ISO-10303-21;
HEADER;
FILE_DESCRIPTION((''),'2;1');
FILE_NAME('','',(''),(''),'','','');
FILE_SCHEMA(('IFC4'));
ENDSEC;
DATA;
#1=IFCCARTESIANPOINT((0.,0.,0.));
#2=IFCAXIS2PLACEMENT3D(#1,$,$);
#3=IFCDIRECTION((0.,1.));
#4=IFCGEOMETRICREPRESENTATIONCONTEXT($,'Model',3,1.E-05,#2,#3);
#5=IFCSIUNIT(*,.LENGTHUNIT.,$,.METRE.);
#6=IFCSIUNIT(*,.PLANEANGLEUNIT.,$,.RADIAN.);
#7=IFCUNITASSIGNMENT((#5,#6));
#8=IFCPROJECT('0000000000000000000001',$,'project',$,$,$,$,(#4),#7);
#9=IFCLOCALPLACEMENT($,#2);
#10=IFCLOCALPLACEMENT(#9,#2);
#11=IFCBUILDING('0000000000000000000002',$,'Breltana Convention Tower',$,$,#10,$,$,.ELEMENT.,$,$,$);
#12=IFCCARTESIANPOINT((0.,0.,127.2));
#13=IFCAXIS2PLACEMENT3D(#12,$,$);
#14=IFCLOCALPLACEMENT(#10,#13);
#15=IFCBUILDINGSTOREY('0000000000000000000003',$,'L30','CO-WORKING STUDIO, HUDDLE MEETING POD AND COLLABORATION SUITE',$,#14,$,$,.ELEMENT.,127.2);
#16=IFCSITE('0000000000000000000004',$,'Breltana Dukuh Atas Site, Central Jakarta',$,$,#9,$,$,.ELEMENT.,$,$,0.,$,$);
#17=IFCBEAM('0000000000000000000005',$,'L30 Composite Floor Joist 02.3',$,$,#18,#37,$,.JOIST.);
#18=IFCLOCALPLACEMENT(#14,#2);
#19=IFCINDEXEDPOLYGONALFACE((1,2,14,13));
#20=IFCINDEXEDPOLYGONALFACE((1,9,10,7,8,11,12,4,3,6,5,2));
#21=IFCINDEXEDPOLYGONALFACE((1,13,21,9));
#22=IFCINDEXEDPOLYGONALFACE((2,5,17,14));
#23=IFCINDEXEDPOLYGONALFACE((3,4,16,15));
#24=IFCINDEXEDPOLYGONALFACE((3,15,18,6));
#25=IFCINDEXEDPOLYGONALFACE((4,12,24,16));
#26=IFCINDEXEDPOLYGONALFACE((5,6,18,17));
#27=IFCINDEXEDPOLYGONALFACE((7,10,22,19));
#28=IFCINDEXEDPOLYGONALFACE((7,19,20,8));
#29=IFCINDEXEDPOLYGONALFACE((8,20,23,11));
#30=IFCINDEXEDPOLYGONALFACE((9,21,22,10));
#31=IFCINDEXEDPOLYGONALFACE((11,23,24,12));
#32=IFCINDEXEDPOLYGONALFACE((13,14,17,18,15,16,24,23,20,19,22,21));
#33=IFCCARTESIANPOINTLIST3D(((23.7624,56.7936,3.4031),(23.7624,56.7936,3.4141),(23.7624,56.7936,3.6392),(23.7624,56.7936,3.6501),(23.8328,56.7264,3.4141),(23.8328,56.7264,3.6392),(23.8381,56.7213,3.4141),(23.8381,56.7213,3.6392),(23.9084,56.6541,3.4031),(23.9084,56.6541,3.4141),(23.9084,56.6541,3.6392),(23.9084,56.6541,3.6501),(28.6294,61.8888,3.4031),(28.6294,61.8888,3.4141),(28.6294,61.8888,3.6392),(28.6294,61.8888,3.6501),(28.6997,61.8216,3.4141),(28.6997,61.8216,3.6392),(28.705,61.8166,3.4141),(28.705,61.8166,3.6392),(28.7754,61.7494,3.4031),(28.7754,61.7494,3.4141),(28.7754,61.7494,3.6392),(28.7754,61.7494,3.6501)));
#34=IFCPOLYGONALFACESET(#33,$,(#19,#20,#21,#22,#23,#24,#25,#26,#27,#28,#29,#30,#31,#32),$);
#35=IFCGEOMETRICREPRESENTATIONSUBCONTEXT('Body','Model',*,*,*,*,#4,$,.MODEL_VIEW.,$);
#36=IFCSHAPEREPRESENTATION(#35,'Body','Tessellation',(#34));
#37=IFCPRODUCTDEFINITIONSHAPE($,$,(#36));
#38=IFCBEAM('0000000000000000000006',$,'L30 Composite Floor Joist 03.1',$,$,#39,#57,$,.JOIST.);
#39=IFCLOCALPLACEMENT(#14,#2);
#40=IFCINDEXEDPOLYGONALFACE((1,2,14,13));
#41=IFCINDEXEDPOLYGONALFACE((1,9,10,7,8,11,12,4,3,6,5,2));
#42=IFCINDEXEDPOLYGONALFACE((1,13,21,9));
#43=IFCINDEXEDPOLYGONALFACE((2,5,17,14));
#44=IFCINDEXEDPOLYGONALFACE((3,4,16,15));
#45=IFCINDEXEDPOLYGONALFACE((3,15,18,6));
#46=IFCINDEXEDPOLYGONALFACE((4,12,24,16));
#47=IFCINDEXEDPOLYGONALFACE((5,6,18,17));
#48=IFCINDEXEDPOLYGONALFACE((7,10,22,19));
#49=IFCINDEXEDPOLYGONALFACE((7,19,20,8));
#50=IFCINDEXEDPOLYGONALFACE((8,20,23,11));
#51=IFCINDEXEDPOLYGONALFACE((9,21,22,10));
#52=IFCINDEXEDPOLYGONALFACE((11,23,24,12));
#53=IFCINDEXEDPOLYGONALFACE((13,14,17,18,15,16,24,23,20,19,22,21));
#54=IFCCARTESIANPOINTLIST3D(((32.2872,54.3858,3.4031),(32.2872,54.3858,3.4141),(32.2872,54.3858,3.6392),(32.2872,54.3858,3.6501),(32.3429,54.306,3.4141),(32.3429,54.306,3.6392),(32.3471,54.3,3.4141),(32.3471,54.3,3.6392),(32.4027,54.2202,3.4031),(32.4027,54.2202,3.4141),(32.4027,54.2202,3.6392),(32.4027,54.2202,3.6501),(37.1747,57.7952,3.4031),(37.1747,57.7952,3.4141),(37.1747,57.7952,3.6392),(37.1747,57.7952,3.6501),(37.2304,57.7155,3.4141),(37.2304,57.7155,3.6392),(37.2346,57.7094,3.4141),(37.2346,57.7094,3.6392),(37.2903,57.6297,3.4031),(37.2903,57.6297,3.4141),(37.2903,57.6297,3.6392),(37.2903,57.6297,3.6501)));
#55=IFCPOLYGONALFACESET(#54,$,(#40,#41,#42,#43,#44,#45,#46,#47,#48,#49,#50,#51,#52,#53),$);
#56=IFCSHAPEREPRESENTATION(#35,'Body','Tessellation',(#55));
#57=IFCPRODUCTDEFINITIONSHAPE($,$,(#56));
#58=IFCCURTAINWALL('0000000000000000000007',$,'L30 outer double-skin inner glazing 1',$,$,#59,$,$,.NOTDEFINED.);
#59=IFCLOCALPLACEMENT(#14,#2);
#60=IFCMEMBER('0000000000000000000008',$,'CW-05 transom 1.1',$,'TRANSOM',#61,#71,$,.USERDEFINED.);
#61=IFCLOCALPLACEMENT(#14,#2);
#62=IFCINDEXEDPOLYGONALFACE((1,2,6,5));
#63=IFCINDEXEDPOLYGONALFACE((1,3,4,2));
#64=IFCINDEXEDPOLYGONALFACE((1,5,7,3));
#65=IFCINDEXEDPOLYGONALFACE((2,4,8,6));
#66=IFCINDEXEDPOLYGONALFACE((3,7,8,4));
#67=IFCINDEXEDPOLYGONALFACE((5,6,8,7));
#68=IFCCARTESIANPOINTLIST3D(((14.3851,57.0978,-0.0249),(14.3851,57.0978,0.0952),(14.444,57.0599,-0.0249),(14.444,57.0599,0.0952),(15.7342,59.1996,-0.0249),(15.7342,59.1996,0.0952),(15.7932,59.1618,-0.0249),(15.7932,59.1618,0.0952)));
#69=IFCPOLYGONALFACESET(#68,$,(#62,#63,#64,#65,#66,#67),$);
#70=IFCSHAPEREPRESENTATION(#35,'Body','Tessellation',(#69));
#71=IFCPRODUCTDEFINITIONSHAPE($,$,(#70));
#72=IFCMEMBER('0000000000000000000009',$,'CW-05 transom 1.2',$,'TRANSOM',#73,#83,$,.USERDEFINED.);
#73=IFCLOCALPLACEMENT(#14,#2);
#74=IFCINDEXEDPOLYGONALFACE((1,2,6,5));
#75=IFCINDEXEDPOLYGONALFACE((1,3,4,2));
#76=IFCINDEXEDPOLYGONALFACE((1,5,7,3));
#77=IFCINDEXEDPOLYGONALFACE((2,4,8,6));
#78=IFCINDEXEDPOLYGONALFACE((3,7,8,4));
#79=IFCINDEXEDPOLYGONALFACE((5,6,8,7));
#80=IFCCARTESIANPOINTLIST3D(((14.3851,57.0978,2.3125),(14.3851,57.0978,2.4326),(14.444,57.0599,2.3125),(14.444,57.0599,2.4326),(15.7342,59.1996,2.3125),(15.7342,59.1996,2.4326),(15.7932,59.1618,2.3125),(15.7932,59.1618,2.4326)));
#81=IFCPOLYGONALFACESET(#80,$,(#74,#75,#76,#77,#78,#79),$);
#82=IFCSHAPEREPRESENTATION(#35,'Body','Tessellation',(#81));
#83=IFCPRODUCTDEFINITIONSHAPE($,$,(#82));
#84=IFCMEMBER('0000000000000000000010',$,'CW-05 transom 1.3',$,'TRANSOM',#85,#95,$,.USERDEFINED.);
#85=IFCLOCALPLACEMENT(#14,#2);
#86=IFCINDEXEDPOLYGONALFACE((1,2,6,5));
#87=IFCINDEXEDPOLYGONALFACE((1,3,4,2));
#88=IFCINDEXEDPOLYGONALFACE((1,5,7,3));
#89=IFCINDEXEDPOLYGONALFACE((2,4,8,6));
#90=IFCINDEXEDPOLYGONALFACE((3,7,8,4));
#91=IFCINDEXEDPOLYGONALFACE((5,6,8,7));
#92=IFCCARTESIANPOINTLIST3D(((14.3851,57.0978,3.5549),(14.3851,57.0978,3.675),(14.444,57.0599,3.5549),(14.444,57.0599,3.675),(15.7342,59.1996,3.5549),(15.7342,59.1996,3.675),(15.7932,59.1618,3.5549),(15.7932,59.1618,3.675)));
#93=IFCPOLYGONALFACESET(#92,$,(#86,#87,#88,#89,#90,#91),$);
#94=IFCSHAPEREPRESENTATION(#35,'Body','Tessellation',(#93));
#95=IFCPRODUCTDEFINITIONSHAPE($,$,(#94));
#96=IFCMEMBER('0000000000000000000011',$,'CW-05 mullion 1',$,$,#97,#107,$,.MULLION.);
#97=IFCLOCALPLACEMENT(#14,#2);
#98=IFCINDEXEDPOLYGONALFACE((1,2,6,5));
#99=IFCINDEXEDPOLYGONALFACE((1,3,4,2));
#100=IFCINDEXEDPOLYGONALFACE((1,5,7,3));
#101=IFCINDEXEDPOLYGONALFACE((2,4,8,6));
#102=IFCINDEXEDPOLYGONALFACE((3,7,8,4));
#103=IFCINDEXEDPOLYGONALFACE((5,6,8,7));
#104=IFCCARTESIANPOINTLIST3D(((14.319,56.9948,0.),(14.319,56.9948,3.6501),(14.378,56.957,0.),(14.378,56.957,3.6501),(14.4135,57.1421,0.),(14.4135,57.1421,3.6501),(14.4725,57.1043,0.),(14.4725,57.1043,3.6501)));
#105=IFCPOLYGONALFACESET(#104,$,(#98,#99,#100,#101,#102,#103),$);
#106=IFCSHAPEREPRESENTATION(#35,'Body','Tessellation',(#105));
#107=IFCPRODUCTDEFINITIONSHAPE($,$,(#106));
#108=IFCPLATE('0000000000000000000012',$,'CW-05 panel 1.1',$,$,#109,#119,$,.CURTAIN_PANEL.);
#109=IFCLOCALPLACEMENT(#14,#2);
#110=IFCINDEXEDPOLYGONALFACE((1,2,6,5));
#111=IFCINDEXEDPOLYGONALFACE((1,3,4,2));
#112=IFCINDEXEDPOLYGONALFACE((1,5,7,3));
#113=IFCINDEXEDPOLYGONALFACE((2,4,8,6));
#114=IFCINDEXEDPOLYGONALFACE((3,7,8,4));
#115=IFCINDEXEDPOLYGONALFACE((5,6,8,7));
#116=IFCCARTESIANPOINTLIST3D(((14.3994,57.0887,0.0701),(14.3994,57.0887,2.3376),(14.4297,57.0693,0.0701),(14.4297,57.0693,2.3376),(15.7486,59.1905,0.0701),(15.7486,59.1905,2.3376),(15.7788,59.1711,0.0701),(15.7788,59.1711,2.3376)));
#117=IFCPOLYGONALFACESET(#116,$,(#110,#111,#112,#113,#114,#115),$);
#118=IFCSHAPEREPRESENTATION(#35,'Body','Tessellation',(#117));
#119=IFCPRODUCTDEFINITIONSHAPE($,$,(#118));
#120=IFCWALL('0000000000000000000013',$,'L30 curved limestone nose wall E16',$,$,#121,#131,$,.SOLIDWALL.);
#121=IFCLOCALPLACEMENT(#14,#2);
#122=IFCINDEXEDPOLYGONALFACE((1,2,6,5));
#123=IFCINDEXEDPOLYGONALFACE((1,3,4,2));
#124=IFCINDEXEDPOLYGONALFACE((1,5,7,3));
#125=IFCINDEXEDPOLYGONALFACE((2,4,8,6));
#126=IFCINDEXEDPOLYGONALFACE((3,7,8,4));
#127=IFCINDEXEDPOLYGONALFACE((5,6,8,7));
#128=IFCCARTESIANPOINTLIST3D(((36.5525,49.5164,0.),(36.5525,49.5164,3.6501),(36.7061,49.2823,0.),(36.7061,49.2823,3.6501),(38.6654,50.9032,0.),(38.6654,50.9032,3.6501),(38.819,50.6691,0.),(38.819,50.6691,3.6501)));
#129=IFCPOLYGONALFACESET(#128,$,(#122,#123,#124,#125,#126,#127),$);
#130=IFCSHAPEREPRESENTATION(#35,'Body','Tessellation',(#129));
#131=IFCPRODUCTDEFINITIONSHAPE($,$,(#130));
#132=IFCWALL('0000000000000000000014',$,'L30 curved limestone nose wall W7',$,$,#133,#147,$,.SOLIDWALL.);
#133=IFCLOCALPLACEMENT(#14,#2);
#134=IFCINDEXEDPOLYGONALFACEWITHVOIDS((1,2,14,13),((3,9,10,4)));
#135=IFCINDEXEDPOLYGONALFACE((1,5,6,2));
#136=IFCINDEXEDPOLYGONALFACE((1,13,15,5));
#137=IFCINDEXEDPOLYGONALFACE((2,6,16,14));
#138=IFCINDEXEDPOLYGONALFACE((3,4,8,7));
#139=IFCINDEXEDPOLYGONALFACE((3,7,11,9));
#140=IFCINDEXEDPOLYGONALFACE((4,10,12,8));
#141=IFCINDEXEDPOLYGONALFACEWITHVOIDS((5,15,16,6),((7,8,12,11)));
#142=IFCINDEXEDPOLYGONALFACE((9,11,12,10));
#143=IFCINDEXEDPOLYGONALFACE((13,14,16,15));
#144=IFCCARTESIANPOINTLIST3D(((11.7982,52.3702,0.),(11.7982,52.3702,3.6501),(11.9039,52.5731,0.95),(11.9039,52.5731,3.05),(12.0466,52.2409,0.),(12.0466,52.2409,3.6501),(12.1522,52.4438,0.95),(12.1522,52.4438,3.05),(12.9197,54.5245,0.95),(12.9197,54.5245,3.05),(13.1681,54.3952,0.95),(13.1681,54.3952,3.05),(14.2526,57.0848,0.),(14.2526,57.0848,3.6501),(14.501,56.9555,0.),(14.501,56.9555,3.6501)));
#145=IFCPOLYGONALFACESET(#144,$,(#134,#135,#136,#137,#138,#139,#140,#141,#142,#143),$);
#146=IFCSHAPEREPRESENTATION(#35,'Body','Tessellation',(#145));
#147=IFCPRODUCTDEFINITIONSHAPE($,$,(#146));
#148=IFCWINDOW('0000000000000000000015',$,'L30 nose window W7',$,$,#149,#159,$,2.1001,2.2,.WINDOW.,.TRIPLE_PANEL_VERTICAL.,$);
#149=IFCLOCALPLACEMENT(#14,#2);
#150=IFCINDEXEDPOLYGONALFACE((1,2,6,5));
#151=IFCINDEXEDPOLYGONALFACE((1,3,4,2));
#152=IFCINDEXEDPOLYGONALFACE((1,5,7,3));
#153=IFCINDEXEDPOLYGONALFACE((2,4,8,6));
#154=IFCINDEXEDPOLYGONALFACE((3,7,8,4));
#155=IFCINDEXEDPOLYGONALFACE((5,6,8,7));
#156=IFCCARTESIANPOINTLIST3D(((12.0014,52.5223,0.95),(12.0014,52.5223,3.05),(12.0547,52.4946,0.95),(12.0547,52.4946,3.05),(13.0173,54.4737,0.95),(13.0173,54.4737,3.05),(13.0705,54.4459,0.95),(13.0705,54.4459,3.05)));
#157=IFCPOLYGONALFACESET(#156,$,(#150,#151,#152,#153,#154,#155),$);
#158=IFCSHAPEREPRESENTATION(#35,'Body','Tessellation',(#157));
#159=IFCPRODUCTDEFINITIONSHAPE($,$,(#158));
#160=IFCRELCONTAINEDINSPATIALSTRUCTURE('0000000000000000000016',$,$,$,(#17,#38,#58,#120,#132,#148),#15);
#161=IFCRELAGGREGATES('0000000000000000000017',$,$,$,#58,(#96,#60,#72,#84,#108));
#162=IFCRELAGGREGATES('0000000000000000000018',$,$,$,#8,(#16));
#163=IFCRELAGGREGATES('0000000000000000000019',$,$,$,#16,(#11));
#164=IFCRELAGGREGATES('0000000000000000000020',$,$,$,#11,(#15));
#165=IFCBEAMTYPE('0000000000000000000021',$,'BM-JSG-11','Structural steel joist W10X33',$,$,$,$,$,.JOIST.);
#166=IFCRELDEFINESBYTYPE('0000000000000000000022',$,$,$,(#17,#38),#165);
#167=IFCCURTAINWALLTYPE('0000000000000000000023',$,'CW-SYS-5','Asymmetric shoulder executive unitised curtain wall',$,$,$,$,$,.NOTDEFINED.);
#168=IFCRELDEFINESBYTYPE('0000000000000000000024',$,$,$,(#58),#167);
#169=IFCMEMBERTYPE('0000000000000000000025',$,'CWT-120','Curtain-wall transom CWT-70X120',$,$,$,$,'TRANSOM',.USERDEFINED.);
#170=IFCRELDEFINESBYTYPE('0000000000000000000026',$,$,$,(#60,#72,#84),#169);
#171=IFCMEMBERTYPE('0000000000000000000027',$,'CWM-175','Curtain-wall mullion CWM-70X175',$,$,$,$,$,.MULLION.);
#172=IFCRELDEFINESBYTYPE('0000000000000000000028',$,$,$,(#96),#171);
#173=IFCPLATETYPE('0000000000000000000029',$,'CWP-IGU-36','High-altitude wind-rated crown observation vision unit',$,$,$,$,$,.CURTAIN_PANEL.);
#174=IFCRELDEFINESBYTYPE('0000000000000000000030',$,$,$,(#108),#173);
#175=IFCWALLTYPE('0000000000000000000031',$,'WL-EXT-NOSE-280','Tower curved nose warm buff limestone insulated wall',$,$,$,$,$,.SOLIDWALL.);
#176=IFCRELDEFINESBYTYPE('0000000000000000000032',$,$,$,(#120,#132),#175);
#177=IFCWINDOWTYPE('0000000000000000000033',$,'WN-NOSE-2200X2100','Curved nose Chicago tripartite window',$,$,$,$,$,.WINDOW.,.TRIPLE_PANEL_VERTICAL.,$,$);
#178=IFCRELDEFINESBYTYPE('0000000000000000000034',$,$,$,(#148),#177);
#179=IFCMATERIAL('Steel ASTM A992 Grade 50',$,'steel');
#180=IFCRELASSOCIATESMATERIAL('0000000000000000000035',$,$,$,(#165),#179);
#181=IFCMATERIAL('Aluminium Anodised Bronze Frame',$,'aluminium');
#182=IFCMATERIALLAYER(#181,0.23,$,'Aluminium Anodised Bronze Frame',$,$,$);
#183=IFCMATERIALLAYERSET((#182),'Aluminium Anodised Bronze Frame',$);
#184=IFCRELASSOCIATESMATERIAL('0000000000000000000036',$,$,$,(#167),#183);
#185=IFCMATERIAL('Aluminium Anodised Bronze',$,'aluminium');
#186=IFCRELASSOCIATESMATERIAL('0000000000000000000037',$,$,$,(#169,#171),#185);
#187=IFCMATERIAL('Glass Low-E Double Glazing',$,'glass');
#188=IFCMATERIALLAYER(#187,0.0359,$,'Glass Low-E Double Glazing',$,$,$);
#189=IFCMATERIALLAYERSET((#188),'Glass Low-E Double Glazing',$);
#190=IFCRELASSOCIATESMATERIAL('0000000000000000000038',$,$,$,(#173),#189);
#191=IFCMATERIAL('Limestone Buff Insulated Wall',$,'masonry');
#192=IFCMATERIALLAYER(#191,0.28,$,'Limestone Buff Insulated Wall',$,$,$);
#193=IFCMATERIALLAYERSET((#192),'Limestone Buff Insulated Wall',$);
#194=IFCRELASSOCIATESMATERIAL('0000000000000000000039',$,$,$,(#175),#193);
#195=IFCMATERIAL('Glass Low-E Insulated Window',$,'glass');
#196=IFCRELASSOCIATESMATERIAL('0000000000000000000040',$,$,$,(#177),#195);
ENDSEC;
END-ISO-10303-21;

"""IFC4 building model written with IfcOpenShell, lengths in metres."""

from ifc_helpers import new_model, si_unit, direction, frame, frame_2d, origin, origin_2d, place, context, subcontext, project, spatial, rectangle, i_section, extrude, source, transform, mapped, material, layer, layer_set, material_profile, profile_set, type_object, type_shapes, element, fill, aggregate, save


model = new_model("IFC4")

# Units and contexts
model_context = context("Model", 3, precision=1e-05, world=origin(), true_north=direction((0.0, 1.0)))
body_context = subcontext(model_context, "Body", "Model", "MODEL_VIEW")
ifc_project = project(units=[si_unit("LENGTHUNIT", "METRE"), si_unit("PLANEANGLEUNIT", "RADIAN")], contexts=[model_context])

# Site, building, storey
site_placement = place(None, origin())
site = spatial("IfcSite", under=ifc_project, at=site_placement, Name="Breltana Dukuh Atas Site, Central Jakarta", CompositionType="ELEMENT", RefElevation=0.0)
building_placement = place(site_placement, origin())
building = spatial("IfcBuilding", under=site, at=building_placement, Name="Breltana Convention Tower", CompositionType="ELEMENT")
storey_placement = place(building_placement, frame((0.0, 0.0, 127.2)))
storey = spatial("IfcBuildingStorey", under=building, at=storey_placement, Name="L30", Description="CO-WORKING STUDIO, HUDDLE MEETING POD AND COLLABORATION SUITE", CompositionType="ELEMENT", Elevation=127.2)

# Beams
ifc_material_1 = material(Name="Steel ASTM A992 Grade 50", Category="steel")
ifc_material_profile_1 = material_profile(ifc_material_1, i_section(OverallWidth=0.2019, OverallDepth=0.2471, WebThickness=0.0073, FlangeThickness=0.011, at=origin_2d()), Name="W10X33")
ifc_profile_set_1 = profile_set([ifc_material_profile_1], Name="Steel ASTM A992 Grade 50")
beam_type_1 = type_object("IfcBeamType", Name="BM-JSG-11", Description="Structural steel joist W10X33", PredefinedType="JOIST", material=ifc_profile_set_1)
shared_shape_1 = source(origin(), body_context, "Body", "SweptSolid", [
    extrude(i_section(OverallWidth=0.2019, OverallDepth=0.2471, WebThickness=0.0073, FlangeThickness=0.011, at=origin_2d()), origin(), (0.0, 0.0, 1.0), 7.0461),
])
beam_1_placement = place(storey_placement, frame((23.8354, 56.7239, 3.5266), z_axis=(0.690723, 0.72312, 0.0), x_axis=(-0.72312, 0.690723, 0.0)))
element("IfcBeam", 1, at=beam_1_placement, inside=storey, type_object=beam_type_1, Name="L30 Composite Floor Joist 02.3", PredefinedType="JOIST", context=body_context, shape_type="MappedRepresentation", body=[
    mapped(shared_shape_1, transform((0.0, 0.0, 0.0), scale=1.0)),
])
shared_shape_2 = source(origin(), body_context, "Body", "SweptSolid", [
    extrude(i_section(OverallWidth=0.2019, OverallDepth=0.2471, WebThickness=0.0073, FlangeThickness=0.011, at=origin_2d()), origin(), (0.0, 0.0, 1.0), 5.9592),
])
beam_2_placement = place(storey_placement, frame((32.345, 54.303, 3.5266), z_axis=(0.82016, 0.572134, 0.0), x_axis=(-0.572134, 0.82016, 0.0)))
element("IfcBeam", 2, at=beam_2_placement, inside=storey, type_object=beam_type_1, Name="L30 Composite Floor Joist 03.1", PredefinedType="JOIST", context=body_context, shape_type="MappedRepresentation", body=[
    mapped(shared_shape_2, transform((0.0, 0.0, 0.0), scale=1.0)),
])

# Curtain wall, members, plate
ifc_material_2 = material(Name="Aluminium Anodised Bronze Frame", Category="aluminium")
ifc_layer_1 = layer(ifc_material_2, 0.23, Name="Aluminium Anodised Bronze Frame")
ifc_layer_set_1 = layer_set([ifc_layer_1], Name="Aluminium Anodised Bronze Frame")
curtain_wall_type = type_object("IfcCurtainWallType", Name="CW-SYS-5", Description="Asymmetric shoulder executive unitised curtain wall", PredefinedType="NOTDEFINED", material=ifc_layer_set_1)
curtain_wall_placement = place(storey_placement, origin())
curtain_wall = element("IfcCurtainWall", 3, at=curtain_wall_placement, inside=storey, type_object=curtain_wall_type, Name="L30 outer double-skin inner glazing 1", PredefinedType="NOTDEFINED")
ifc_material_3 = material(Name="Aluminium Anodised Bronze", Category="aluminium")
ifc_material_profile_2 = material_profile(ifc_material_3, rectangle(XDim=0.0701, YDim=0.1201, at=origin_2d()), Name="CWT-70X120")
ifc_profile_set_2 = profile_set([ifc_material_profile_2], Name="Aluminium Anodised Bronze")
member_type_1 = type_object("IfcMemberType", Name="CWT-120", Description="Curtain-wall transom CWT-70X120", ElementType="TRANSOM", PredefinedType="USERDEFINED", material=ifc_profile_set_2)
shared_shape_3 = source(origin(), body_context, "Body", "SweptSolid", [
    extrude(rectangle(XDim=0.0701, YDim=0.1201, at=origin_2d()), origin(), (0.0, 0.0, 1.0), 2.4976),
])
member_1_placement = place(storey_placement, frame((14.4146, 57.0789, 0.0352), z_axis=(0.540179, 0.84155, 0.0), x_axis=(-0.84155, 0.540179, 0.0)))
member_1 = element("IfcMember", 4, at=member_1_placement, type_object=member_type_1, Name="CW-05 transom 1.1", ObjectType="TRANSOM", PredefinedType="USERDEFINED", context=body_context, shape_type="MappedRepresentation", body=[
    mapped(shared_shape_3, transform((0.0, 0.0, 0.0), scale=1.0)),
])
member_2_placement = place(storey_placement, frame((14.4146, 57.0789, 2.3726), z_axis=(0.540179, 0.84155, 0.0), x_axis=(-0.84155, 0.540179, 0.0)))
member_2 = element("IfcMember", 5, at=member_2_placement, type_object=member_type_1, Name="CW-05 transom 1.2", ObjectType="TRANSOM", PredefinedType="USERDEFINED", context=body_context, shape_type="MappedRepresentation", body=[
    mapped(shared_shape_3, transform((0.0, 0.0, 0.0), scale=1.0)),
])
member_3_placement = place(storey_placement, frame((14.4146, 57.0789, 3.615), z_axis=(0.540179, 0.84155, 0.0), x_axis=(-0.84155, 0.540179, 0.0)))
member_3 = element("IfcMember", 6, at=member_3_placement, type_object=member_type_1, Name="CW-05 transom 1.3", ObjectType="TRANSOM", PredefinedType="USERDEFINED", context=body_context, shape_type="MappedRepresentation", body=[
    mapped(shared_shape_3, transform((0.0, 0.0, 0.0), scale=1.0)),
])
ifc_material_profile_3 = material_profile(ifc_material_3, rectangle(XDim=0.0701, YDim=0.175, at=origin_2d()), Name="CWM-70X175")
ifc_profile_set_3 = profile_set([ifc_material_profile_3], Name="Aluminium Anodised Bronze")
member_type_2 = type_object("IfcMemberType", Name="CWM-175", Description="Curtain-wall mullion CWM-70X175", PredefinedType="MULLION", material=ifc_profile_set_3)
shared_shape_4 = source(origin(), body_context, "Body", "SweptSolid", [
    extrude(rectangle(XDim=0.0701, YDim=0.175, at=origin_2d()), origin(), (0.0, 0.0, 1.0), 3.6501),
])
member_4_placement = place(storey_placement, frame((14.3958, 57.0496, 0.0), z_axis=(0.0, 0.0, 1.0), x_axis=(-0.841552, 0.540177, 0.0)))
member_4 = element("IfcMember", 7, at=member_4_placement, type_object=member_type_2, Name="CW-05 mullion 1", PredefinedType="MULLION", context=body_context, shape_type="MappedRepresentation", body=[
    mapped(shared_shape_4, transform((0.0, 0.0, 0.0), scale=1.0)),
])
ifc_material_4 = material(Name="Glass Low-E Double Glazing", Category="glass")
ifc_layer_2 = layer(ifc_material_4, 0.0359, Name="Glass Low-E Double Glazing")
ifc_layer_set_2 = layer_set([ifc_layer_2], Name="Glass Low-E Double Glazing")
plate_type = type_object("IfcPlateType", Name="CWP-IGU-36", Description="High-altitude wind-rated crown observation vision unit", PredefinedType="CURTAIN_PANEL", material=ifc_layer_set_2)
shared_shape_5 = source(origin(), body_context, "Body", "SweptSolid", [
    extrude(rectangle(XDim=2.4976, YDim=0.0359, at=origin_2d()), origin(), (0.0, 0.0, 1.0), 2.2676),
])
plate_placement = place(storey_placement, frame((15.0891, 58.1299, 0.0701), z_axis=(0.0, 0.0, 1.0), x_axis=(0.540177, 0.841552, 0.0)))
plate = element("IfcPlate", 8, at=plate_placement, type_object=plate_type, Name="CW-05 panel 1.1", PredefinedType="CURTAIN_PANEL", context=body_context, shape_type="MappedRepresentation", body=[
    mapped(shared_shape_5, transform((0.0, 0.0, 0.0), scale=1.0)),
])
aggregate(curtain_wall, [member_4, member_1, member_2, member_3, plate])

# Wall
ifc_material_5 = material(Name="Limestone Buff Insulated Wall", Category="masonry")
ifc_layer_3 = layer(ifc_material_5, 0.28, Name="Limestone Buff Insulated Wall")
ifc_layer_set_3 = layer_set([ifc_layer_3], Name="Limestone Buff Insulated Wall")
wall_type = type_object("IfcWallType", Name="WL-EXT-NOSE-280", Description="Tower curved nose warm buff limestone insulated wall", PredefinedType="SOLIDWALL", material=ifc_layer_set_3)
shared_shape_6 = source(origin(), body_context, "Body", "SweptSolid", [
    extrude(rectangle(XDim=2.5273, YDim=0.28, at=frame_2d((1.2637, 0.0))), origin(), (0.0, 0.0, 1.0), 3.6501),
])
wall_1_placement = place(storey_placement, frame((38.7422, 50.7861, 0.0), z_axis=(0.0, 0.0, 1.0), x_axis=(-0.836012, -0.548711, 0.0)))
element("IfcWall", 9, at=wall_1_placement, inside=storey, type_object=wall_type, Name="L30 curved limestone nose wall E16", PredefinedType="SOLIDWALL", context=body_context, shape_type="MappedRepresentation", body=[
    mapped(shared_shape_6, transform((0.0, 0.0, 0.0), scale=1.0)),
])

# Wall, opening, window
shared_shape_7 = source(origin(), body_context, "Body", "SweptSolid", [
    extrude(rectangle(XDim=5.3152, YDim=0.28, at=frame_2d((2.6577, 0.0))), origin(), (0.0, 0.0, 1.0), 3.6501),
])
wall_2_placement = place(storey_placement, frame((11.9224, 52.3054, 0.0), z_axis=(0.0, 0.0, 1.0), x_axis=(0.461761, 0.887005, 0.0)))
wall_2 = element("IfcWall", 10, at=wall_2_placement, inside=storey, type_object=wall_type, Name="L30 curved limestone nose wall W7", PredefinedType="SOLIDWALL", context=body_context, shape_type="MappedRepresentation", body=[
    mapped(shared_shape_7, transform((0.0, 0.0, 0.0), scale=1.0)),
])
opening_placement = place(wall_2_placement, frame((0.2288, 0.0, 0.95)))
opening = element("IfcOpeningElement", 11, at=opening_placement, cuts=wall_2, PredefinedType="OPENING", context=body_context, shape_type="SweptSolid", body=[
    extrude(rectangle(XDim=2.2, YDim=2.1001, at=frame_2d((1.1001, 1.05))), frame((0.0, 0.1499, 0.0), z_axis=(0.0, -1.0, 0.0), x_axis=(1.0, 0.0, 0.0)), (0.0, 0.0, 1.0), 0.3),
])
ifc_material_6 = material(Name="Glass Low-E Insulated Window", Category="glass")
window_type = type_object("IfcWindowType", Name="WN-NOSE-2200X2100", Description="Curved nose Chicago tripartite window", PartitioningType="TRIPLE_PANEL_VERTICAL", PredefinedType="WINDOW", material=ifc_material_6)
shared_shape_8 = source(origin(), body_context, "Body", "SweptSolid", [
    extrude(rectangle(XDim=2.2, YDim=2.1001, at=frame_2d((1.1001, 1.05))), frame((0.0, 0.03, 0.0), z_axis=(0.0, -1.0, 0.0), x_axis=(1.0, 0.0, 0.0)), (0.0, 0.0, 1.0), 0.0601),
])
type_shapes(window_type, [shared_shape_8])
window_placement = place(opening_placement, origin())
window = element("IfcWindow", 12, at=window_placement, inside=storey, type_object=window_type, Name="L30 nose window W7", OverallHeight=2.1001, OverallWidth=2.2, PartitioningType="TRIPLE_PANEL_VERTICAL", PredefinedType="WINDOW", context=body_context, shape_type="MappedRepresentation", body=[
    mapped(shared_shape_8, transform((0.0, 0.0, 0.0), scale=1.0)),
])
fill(opening, window)

save(model, "model.ifc")
